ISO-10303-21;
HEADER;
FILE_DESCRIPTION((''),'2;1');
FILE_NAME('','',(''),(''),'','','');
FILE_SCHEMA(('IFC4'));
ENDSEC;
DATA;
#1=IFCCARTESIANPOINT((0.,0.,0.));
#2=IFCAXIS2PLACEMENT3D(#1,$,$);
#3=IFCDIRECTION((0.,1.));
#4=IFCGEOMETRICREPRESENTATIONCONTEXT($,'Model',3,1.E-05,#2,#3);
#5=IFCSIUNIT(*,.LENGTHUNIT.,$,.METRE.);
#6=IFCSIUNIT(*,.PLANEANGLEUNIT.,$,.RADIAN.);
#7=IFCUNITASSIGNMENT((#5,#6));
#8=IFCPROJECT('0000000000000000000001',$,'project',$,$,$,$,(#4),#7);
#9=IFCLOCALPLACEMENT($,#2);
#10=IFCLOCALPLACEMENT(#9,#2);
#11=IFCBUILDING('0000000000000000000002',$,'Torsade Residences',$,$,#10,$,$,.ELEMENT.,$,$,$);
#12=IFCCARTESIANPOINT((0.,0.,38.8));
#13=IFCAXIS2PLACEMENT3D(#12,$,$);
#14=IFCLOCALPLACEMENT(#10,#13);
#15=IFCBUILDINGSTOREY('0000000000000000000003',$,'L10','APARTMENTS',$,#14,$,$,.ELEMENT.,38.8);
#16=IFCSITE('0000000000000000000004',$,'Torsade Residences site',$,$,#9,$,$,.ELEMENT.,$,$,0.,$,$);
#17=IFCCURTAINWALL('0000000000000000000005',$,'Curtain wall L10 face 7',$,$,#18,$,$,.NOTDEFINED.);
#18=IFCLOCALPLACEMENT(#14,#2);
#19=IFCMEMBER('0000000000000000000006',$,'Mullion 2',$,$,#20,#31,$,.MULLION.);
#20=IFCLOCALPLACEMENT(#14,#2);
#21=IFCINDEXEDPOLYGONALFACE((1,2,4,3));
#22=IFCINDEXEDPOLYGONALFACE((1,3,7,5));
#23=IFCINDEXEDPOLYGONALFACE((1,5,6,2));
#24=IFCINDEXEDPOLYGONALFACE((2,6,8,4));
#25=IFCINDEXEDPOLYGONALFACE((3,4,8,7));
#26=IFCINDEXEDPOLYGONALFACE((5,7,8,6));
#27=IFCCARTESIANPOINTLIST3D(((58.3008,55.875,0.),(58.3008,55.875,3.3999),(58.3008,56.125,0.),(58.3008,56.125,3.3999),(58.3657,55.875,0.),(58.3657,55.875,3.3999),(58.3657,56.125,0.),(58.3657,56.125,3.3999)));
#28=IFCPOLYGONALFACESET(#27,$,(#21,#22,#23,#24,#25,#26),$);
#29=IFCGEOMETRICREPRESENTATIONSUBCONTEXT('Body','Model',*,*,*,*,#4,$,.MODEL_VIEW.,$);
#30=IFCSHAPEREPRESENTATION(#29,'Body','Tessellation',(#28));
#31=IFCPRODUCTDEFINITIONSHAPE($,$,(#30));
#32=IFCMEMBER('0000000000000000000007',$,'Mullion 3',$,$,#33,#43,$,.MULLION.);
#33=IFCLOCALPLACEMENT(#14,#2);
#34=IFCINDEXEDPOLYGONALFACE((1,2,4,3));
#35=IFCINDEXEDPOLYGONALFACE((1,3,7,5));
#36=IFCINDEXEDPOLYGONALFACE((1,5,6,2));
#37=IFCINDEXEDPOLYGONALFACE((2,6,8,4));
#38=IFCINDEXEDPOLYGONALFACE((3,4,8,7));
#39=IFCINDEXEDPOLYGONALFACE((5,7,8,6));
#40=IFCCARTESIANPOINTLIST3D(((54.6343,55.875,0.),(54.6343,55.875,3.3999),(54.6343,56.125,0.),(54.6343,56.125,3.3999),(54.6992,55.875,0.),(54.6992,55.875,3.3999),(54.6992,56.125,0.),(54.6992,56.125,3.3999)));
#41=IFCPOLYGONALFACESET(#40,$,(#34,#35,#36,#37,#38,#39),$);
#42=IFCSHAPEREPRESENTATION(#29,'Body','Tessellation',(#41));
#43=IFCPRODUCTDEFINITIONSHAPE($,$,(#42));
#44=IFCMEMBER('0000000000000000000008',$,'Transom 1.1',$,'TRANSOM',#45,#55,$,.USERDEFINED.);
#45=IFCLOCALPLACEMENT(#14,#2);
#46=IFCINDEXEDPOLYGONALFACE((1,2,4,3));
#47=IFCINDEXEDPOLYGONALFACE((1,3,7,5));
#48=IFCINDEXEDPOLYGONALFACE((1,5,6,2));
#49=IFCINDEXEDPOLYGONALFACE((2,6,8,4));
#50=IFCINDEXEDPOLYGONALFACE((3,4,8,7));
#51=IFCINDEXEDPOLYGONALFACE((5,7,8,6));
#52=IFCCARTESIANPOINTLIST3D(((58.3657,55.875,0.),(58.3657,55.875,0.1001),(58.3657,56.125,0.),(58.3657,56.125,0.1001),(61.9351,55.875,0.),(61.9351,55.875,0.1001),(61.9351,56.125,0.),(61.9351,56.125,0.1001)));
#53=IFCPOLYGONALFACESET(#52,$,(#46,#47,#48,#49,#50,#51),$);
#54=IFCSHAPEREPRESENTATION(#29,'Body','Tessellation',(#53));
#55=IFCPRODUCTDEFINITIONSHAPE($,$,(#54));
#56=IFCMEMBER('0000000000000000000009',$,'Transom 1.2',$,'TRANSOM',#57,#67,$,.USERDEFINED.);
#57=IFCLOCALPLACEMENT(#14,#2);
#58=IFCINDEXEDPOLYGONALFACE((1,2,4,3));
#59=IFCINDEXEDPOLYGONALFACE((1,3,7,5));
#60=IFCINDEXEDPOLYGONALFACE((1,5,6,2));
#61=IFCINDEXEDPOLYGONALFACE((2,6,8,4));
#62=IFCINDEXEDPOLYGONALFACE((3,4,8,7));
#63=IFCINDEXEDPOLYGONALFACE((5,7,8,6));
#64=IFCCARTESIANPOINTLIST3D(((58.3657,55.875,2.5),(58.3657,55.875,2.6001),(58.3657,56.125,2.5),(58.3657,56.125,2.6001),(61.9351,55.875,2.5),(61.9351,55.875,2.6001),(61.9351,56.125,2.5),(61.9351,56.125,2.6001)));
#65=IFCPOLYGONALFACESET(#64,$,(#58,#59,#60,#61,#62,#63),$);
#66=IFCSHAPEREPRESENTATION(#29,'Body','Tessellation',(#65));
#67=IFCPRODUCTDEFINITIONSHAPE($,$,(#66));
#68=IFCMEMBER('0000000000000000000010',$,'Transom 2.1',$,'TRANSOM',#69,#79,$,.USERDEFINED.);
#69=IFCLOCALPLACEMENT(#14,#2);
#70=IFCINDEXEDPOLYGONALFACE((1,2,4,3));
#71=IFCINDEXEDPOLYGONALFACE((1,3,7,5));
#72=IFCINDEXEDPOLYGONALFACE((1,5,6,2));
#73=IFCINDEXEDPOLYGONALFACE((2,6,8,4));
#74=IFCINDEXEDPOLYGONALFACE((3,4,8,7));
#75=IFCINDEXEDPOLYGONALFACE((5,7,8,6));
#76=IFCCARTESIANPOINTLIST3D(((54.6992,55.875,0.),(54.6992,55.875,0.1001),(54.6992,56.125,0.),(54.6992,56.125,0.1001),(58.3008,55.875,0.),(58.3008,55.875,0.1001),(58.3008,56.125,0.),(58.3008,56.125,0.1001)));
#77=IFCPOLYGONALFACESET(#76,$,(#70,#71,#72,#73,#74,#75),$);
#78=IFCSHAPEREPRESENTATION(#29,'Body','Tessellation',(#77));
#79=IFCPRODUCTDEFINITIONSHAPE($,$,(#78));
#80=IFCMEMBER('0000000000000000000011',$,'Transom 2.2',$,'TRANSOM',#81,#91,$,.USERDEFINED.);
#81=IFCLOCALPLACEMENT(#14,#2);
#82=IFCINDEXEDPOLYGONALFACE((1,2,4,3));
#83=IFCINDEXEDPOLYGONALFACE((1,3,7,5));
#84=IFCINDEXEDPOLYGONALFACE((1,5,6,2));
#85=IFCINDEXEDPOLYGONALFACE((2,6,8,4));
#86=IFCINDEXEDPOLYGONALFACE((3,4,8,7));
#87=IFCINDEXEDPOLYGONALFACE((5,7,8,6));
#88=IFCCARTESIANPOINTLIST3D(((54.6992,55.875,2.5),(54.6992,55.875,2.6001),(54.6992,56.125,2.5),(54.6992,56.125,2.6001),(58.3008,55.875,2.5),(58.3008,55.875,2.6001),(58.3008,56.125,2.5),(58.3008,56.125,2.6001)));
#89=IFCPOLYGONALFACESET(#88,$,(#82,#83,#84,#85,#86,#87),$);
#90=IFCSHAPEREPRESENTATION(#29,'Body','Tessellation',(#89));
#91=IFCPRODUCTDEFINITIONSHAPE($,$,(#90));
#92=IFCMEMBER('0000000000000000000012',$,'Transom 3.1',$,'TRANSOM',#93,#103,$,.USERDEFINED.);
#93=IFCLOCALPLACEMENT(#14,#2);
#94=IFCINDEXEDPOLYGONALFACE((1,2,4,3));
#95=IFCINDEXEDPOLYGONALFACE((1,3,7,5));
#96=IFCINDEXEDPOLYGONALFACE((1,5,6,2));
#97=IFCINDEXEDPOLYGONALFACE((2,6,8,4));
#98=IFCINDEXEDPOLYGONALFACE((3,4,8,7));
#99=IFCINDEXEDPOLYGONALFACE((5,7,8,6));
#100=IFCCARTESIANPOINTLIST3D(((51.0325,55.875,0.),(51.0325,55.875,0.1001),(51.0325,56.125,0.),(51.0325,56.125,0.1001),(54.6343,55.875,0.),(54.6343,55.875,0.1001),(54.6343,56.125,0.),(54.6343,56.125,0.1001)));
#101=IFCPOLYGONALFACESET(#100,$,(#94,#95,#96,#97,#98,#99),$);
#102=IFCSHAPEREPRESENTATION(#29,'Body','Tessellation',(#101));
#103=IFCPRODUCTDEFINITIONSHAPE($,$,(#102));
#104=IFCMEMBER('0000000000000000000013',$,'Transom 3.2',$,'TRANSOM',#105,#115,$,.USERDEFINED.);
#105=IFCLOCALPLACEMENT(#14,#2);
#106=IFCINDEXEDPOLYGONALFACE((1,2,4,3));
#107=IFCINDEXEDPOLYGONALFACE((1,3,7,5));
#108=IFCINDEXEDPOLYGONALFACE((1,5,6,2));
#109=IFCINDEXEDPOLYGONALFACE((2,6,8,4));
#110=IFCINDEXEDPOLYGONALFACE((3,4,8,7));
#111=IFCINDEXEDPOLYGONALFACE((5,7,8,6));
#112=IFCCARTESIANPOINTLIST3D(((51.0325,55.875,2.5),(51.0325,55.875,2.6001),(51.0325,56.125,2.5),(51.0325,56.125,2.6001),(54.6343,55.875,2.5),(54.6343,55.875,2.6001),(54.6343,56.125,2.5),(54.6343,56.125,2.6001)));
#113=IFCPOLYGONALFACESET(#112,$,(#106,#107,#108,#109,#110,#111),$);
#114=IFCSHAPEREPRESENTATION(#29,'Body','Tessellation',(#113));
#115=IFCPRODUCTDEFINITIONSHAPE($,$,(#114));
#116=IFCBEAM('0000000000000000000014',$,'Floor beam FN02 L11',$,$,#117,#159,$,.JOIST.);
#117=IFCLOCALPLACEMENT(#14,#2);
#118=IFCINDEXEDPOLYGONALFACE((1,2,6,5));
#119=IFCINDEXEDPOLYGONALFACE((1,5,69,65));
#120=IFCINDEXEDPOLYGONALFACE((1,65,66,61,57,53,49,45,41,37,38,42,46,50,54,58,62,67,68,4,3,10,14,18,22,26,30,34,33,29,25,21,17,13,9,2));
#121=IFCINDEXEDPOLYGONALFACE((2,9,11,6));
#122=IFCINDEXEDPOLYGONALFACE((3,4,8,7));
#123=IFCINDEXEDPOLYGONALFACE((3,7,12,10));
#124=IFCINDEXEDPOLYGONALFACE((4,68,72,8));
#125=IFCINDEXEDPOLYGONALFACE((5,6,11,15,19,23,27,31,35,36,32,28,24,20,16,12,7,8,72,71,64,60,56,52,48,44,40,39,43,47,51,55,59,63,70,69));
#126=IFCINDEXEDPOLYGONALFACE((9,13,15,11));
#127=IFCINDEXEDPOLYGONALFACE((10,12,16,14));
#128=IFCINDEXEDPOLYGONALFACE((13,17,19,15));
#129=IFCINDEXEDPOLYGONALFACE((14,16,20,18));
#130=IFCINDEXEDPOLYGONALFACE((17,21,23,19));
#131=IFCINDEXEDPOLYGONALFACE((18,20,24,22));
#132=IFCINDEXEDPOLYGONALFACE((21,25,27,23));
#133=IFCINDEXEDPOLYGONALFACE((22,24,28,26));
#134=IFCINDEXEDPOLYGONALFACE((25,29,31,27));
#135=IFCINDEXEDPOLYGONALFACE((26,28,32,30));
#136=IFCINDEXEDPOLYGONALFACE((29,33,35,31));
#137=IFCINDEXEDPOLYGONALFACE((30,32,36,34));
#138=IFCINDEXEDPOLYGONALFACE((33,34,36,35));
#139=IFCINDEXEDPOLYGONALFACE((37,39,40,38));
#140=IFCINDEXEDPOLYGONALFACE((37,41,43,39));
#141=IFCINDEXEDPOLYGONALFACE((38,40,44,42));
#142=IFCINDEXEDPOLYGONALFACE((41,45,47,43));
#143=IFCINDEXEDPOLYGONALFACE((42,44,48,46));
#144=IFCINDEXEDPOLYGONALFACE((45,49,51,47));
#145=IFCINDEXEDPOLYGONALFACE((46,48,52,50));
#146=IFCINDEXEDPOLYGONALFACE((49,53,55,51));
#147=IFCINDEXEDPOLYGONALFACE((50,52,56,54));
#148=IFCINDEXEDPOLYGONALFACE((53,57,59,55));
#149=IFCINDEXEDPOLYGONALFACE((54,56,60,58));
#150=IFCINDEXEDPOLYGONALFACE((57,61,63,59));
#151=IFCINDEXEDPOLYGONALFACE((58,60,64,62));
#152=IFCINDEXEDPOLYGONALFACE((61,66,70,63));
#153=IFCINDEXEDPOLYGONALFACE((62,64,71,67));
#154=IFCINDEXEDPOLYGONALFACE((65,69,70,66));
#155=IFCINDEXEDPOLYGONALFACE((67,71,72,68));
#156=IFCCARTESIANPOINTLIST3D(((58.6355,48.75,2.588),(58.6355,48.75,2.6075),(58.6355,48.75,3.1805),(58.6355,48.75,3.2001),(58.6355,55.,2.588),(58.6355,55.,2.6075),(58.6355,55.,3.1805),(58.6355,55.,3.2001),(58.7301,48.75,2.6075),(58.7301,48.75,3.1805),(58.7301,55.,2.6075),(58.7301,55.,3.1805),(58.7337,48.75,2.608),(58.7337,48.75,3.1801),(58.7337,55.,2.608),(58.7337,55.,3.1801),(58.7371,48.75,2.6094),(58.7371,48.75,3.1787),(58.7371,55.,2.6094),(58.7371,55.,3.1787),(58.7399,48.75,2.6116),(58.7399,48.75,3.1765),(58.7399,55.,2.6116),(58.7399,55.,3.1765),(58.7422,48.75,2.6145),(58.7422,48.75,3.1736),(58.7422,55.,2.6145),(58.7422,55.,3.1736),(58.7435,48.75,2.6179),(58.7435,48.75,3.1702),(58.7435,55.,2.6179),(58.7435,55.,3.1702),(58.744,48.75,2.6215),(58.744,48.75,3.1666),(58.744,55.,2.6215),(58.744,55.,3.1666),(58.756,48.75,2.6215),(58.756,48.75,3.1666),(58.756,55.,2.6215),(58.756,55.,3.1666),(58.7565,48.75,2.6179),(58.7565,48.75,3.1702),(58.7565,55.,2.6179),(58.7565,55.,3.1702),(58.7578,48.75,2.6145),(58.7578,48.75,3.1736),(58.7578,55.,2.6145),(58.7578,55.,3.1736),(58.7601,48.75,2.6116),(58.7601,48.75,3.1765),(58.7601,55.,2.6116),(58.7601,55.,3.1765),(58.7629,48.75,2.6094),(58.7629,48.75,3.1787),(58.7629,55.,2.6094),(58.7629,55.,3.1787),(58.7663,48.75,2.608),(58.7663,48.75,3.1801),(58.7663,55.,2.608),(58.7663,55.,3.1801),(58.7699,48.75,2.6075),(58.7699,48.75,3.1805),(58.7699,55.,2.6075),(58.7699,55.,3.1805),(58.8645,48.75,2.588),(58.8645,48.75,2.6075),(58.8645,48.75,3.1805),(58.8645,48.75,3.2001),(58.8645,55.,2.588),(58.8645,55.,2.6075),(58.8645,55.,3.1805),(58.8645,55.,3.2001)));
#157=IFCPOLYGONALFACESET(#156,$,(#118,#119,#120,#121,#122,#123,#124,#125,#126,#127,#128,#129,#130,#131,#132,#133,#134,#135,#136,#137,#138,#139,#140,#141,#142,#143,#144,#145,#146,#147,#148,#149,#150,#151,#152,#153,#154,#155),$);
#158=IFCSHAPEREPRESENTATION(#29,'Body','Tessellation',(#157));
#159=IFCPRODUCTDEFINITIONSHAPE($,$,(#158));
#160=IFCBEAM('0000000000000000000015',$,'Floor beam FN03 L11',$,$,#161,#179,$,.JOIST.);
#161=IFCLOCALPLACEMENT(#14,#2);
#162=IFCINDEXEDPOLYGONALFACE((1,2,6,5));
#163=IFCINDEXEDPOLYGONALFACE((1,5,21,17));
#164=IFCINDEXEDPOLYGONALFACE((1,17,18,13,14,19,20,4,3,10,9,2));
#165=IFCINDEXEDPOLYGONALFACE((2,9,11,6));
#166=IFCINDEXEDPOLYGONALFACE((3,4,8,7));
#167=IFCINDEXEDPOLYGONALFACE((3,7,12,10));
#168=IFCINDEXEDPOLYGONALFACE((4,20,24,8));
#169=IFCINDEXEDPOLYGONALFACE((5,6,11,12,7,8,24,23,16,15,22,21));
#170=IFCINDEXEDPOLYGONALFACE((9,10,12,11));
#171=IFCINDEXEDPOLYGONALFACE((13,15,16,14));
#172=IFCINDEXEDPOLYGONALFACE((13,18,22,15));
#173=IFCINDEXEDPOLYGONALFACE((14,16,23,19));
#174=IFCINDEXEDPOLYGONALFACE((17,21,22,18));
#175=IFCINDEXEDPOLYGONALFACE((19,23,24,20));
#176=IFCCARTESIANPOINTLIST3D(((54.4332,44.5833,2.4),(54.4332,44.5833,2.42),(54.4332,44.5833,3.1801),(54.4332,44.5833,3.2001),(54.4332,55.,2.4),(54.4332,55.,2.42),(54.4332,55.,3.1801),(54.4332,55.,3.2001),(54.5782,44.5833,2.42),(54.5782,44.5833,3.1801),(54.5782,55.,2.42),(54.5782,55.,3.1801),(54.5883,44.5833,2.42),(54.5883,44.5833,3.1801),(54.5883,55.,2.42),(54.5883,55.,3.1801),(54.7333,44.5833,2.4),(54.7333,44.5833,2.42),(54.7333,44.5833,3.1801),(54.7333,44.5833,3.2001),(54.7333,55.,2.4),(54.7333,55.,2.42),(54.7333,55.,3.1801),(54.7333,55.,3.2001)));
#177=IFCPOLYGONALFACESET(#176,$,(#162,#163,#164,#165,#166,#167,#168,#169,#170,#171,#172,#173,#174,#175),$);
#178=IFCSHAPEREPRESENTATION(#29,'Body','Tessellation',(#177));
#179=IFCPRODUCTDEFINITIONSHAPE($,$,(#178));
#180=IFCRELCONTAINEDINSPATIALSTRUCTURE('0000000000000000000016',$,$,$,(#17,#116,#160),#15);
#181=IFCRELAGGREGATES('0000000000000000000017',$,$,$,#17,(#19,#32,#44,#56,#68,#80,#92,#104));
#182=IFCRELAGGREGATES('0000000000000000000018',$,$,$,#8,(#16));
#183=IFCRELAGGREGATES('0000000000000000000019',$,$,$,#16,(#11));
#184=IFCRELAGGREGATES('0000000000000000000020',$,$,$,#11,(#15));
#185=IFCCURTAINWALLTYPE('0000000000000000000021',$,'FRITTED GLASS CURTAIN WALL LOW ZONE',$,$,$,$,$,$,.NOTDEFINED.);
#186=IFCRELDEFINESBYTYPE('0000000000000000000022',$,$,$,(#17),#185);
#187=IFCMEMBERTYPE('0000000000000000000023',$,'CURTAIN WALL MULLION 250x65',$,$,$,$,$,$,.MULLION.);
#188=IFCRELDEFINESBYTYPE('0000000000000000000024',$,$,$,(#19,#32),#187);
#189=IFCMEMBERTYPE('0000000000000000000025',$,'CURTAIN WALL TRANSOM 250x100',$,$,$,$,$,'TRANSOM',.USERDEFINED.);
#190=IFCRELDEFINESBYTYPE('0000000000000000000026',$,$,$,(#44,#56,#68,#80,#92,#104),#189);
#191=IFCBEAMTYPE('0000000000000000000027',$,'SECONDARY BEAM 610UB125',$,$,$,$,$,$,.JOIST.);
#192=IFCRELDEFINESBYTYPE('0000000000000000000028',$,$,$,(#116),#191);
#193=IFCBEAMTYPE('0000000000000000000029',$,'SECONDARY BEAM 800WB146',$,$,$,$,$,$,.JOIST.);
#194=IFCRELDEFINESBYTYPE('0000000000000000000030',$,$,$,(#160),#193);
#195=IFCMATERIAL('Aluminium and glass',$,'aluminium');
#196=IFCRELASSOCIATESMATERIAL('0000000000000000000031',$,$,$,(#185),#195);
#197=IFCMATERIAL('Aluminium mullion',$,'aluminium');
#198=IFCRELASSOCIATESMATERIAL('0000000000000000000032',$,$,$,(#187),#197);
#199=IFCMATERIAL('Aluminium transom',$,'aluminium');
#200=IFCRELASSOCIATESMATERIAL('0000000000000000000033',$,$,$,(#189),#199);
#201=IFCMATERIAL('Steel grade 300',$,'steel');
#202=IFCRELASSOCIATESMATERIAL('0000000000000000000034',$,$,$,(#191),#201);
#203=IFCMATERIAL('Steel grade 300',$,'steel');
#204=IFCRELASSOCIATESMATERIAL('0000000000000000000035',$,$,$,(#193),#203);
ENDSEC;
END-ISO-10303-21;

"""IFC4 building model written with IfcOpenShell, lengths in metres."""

from ifc_helpers import new_model, si_unit, direction, frame, origin, origin_2d, place, context, subcontext, project, spatial, rectangle, i_section, extrude, material, material_profile, profile_set, type_object, element, aggregate, save


model = new_model("IFC4")

# Units and contexts
model_context = context("Model", 3, precision=1e-05, world=origin(), true_north=direction((0.0, 1.0)))
body_context = subcontext(model_context, "Body", "Model", "MODEL_VIEW")
ifc_project = project(units=[si_unit("LENGTHUNIT", "METRE"), si_unit("PLANEANGLEUNIT", "RADIAN")], contexts=[model_context])

# Site, building, storey
site_placement = place(None, origin())
site = spatial("IfcSite", under=ifc_project, at=site_placement, Name="Torsade Residences site", CompositionType="ELEMENT", RefElevation=0.0)
building_placement = place(site_placement, origin())
building = spatial("IfcBuilding", under=site, at=building_placement, Name="Torsade Residences", CompositionType="ELEMENT")
storey_placement = place(building_placement, frame((0.0, 0.0, 38.8)))
storey = spatial("IfcBuildingStorey", under=building, at=storey_placement, Name="L10", Description="APARTMENTS", CompositionType="ELEMENT", Elevation=38.8)

# Curtain wall, members
ifc_material_1 = material(Name="Aluminium and glass", Category="aluminium")
curtain_wall_type = type_object("IfcCurtainWallType", Name="FRITTED GLASS CURTAIN WALL LOW ZONE", PredefinedType="NOTDEFINED", material=ifc_material_1)
curtain_wall_placement = place(storey_placement, origin())
curtain_wall = element("IfcCurtainWall", 1, at=curtain_wall_placement, inside=storey, type_object=curtain_wall_type, Name="Curtain wall L10 face 7", PredefinedType="NOTDEFINED")
ifc_material_2 = material(Name="Aluminium mullion", Category="aluminium")
ifc_material_profile_1 = material_profile(ifc_material_2, rectangle(XDim=0.25, YDim=0.0649, at=origin_2d()), Name="CURTAIN WALL MULLION 250x65")
ifc_profile_set_1 = profile_set([ifc_material_profile_1], Name="Aluminium mullion")
member_type_1 = type_object("IfcMemberType", Name="CURTAIN WALL MULLION 250x65", PredefinedType="MULLION", material=ifc_profile_set_1)
member_1_placement = place(storey_placement, frame((58.3333, 56.0, 0.0), z_axis=(0.0, 0.0, 1.0), x_axis=(0.0, -1.0, 0.0)))
member_1 = element("IfcMember", 2, at=member_1_placement, type_object=member_type_1, Name="Mullion 2", PredefinedType="MULLION", context=body_context, shape_type="SweptSolid", body=[
    extrude(rectangle(XDim=0.25, YDim=0.0649, at=origin_2d()), origin(), (0.0, 0.0, 1.0), 3.3999),
])
member_2_placement = place(storey_placement, frame((54.6667, 56.0, 0.0), z_axis=(0.0, 0.0, 1.0), x_axis=(0.0, -1.0, 0.0)))
member_2 = element("IfcMember", 3, at=member_2_placement, type_object=member_type_1, Name="Mullion 3", PredefinedType="MULLION", context=body_context, shape_type="SweptSolid", body=[
    extrude(rectangle(XDim=0.25, YDim=0.0649, at=origin_2d()), origin(), (0.0, 0.0, 1.0), 3.3999),
])
ifc_material_3 = material(Name="Aluminium transom", Category="aluminium")
ifc_material_profile_2 = material_profile(ifc_material_3, rectangle(XDim=0.25, YDim=0.1001, at=origin_2d()), Name="CURTAIN WALL TRANSOM 250x100")
ifc_profile_set_2 = profile_set([ifc_material_profile_2], Name="Aluminium transom")
member_type_2 = type_object("IfcMemberType", Name="CURTAIN WALL TRANSOM 250x100", ElementType="TRANSOM", PredefinedType="USERDEFINED", material=ifc_profile_set_2)
member_3_placement = place(storey_placement, frame((61.9351, 56.0, 0.05), z_axis=(-1.0, 0.0, 0.0), x_axis=(0.0, -1.0, 0.0)))
member_3 = element("IfcMember", 4, at=member_3_placement, type_object=member_type_2, Name="Transom 1.1", ObjectType="TRANSOM", PredefinedType="USERDEFINED", context=body_context, shape_type="SweptSolid", body=[
    extrude(rectangle(XDim=0.25, YDim=0.1001, at=origin_2d()), origin(), (0.0, 0.0, 1.0), 3.5693),
])
member_4_placement = place(storey_placement, frame((61.9351, 56.0, 2.55), z_axis=(-1.0, 0.0, 0.0), x_axis=(0.0, -1.0, 0.0)))
member_4 = element("IfcMember", 5, at=member_4_placement, type_object=member_type_2, Name="Transom 1.2", ObjectType="TRANSOM", PredefinedType="USERDEFINED", context=body_context, shape_type="SweptSolid", body=[
    extrude(rectangle(XDim=0.25, YDim=0.1001, at=origin_2d()), origin(), (0.0, 0.0, 1.0), 3.5693),
])
member_5_placement = place(storey_placement, frame((58.3008, 56.0, 0.05), z_axis=(-1.0, 0.0, 0.0), x_axis=(0.0, -1.0, 0.0)))
member_5 = element("IfcMember", 6, at=member_5_placement, type_object=member_type_2, Name="Transom 2.1", ObjectType="TRANSOM", PredefinedType="USERDEFINED", context=body_context, shape_type="SweptSolid", body=[
    extrude(rectangle(XDim=0.25, YDim=0.1001, at=origin_2d()), origin(), (0.0, 0.0, 1.0), 3.6016),
])
member_6_placement = place(storey_placement, frame((58.3008, 56.0, 2.55), z_axis=(-1.0, 0.0, 0.0), x_axis=(0.0, -1.0, 0.0)))
member_6 = element("IfcMember", 7, at=member_6_placement, type_object=member_type_2, Name="Transom 2.2", ObjectType="TRANSOM", PredefinedType="USERDEFINED", context=body_context, shape_type="SweptSolid", body=[
    extrude(rectangle(XDim=0.25, YDim=0.1001, at=origin_2d()), origin(), (0.0, 0.0, 1.0), 3.6016),
])
member_7_placement = place(storey_placement, frame((54.6343, 56.0, 0.05), z_axis=(-1.0, 0.0, 0.0), x_axis=(0.0, -1.0, 0.0)))
member_7 = element("IfcMember", 8, at=member_7_placement, type_object=member_type_2, Name="Transom 3.1", ObjectType="TRANSOM", PredefinedType="USERDEFINED", context=body_context, shape_type="SweptSolid", body=[
    extrude(rectangle(XDim=0.25, YDim=0.1001, at=origin_2d()), origin(), (0.0, 0.0, 1.0), 3.6018),
])
member_8_placement = place(storey_placement, frame((54.6343, 56.0, 2.55), z_axis=(-1.0, 0.0, 0.0), x_axis=(0.0, -1.0, 0.0)))
member_8 = element("IfcMember", 9, at=member_8_placement, type_object=member_type_2, Name="Transom 3.2", ObjectType="TRANSOM", PredefinedType="USERDEFINED", context=body_context, shape_type="SweptSolid", body=[
    extrude(rectangle(XDim=0.25, YDim=0.1001, at=origin_2d()), origin(), (0.0, 0.0, 1.0), 3.6018),
])

# Beams
ifc_material_4 = material(Name="Steel grade 300", Category="steel")
ifc_material_profile_3 = material_profile(ifc_material_4, i_section(OverallWidth=0.229, OverallDepth=0.6121, WebThickness=0.012, FlangeThickness=0.0195, FilletRadius=0.0139, at=origin_2d()), Name="610UB125")
ifc_profile_set_3 = profile_set([ifc_material_profile_3], Name="Steel grade 300")
beam_type_1 = type_object("IfcBeamType", Name="SECONDARY BEAM 610UB125", PredefinedType="JOIST", material=ifc_profile_set_3)
beam_1_placement = place(storey_placement, frame((58.75, 55.0, 2.894), z_axis=(0.0, -1.0, 0.0), x_axis=(1.0, 0.0, 0.0)))
element("IfcBeam", 10, at=beam_1_placement, inside=storey, type_object=beam_type_1, Name="Floor beam FN02 L11", PredefinedType="JOIST", context=body_context, shape_type="SweptSolid", body=[
    extrude(i_section(OverallWidth=0.229, OverallDepth=0.6121, WebThickness=0.012, FlangeThickness=0.0195, FilletRadius=0.0139, at=origin_2d()), origin(), (0.0, 0.0, 1.0), 6.25),
])
ifc_material_5 = material(Name="Steel grade 300", Category="steel")
ifc_material_profile_4 = material_profile(ifc_material_5, i_section(OverallWidth=0.3, OverallDepth=0.8, WebThickness=0.01, FlangeThickness=0.02, at=origin_2d()), Name="800WB146")
ifc_profile_set_4 = profile_set([ifc_material_profile_4], Name="Steel grade 300")
beam_type_2 = type_object("IfcBeamType", Name="SECONDARY BEAM 800WB146", PredefinedType="JOIST", material=ifc_profile_set_4)
beam_2_placement = place(storey_placement, frame((54.5833, 55.0, 2.8), z_axis=(0.0, -1.0, 0.0), x_axis=(1.0, 0.0, 0.0)))
element("IfcBeam", 11, at=beam_2_placement, inside=storey, type_object=beam_type_2, Name="Floor beam FN03 L11", PredefinedType="JOIST", context=body_context, shape_type="SweptSolid", body=[
    extrude(i_section(OverallWidth=0.3, OverallDepth=0.8, WebThickness=0.01, FlangeThickness=0.02, at=origin_2d()), origin(), (0.0, 0.0, 1.0), 10.4167),
])

aggregate(curtain_wall, [member_1, member_2, member_3, member_4, member_5, member_6, member_7, member_8])

save(model, "model.ifc")
